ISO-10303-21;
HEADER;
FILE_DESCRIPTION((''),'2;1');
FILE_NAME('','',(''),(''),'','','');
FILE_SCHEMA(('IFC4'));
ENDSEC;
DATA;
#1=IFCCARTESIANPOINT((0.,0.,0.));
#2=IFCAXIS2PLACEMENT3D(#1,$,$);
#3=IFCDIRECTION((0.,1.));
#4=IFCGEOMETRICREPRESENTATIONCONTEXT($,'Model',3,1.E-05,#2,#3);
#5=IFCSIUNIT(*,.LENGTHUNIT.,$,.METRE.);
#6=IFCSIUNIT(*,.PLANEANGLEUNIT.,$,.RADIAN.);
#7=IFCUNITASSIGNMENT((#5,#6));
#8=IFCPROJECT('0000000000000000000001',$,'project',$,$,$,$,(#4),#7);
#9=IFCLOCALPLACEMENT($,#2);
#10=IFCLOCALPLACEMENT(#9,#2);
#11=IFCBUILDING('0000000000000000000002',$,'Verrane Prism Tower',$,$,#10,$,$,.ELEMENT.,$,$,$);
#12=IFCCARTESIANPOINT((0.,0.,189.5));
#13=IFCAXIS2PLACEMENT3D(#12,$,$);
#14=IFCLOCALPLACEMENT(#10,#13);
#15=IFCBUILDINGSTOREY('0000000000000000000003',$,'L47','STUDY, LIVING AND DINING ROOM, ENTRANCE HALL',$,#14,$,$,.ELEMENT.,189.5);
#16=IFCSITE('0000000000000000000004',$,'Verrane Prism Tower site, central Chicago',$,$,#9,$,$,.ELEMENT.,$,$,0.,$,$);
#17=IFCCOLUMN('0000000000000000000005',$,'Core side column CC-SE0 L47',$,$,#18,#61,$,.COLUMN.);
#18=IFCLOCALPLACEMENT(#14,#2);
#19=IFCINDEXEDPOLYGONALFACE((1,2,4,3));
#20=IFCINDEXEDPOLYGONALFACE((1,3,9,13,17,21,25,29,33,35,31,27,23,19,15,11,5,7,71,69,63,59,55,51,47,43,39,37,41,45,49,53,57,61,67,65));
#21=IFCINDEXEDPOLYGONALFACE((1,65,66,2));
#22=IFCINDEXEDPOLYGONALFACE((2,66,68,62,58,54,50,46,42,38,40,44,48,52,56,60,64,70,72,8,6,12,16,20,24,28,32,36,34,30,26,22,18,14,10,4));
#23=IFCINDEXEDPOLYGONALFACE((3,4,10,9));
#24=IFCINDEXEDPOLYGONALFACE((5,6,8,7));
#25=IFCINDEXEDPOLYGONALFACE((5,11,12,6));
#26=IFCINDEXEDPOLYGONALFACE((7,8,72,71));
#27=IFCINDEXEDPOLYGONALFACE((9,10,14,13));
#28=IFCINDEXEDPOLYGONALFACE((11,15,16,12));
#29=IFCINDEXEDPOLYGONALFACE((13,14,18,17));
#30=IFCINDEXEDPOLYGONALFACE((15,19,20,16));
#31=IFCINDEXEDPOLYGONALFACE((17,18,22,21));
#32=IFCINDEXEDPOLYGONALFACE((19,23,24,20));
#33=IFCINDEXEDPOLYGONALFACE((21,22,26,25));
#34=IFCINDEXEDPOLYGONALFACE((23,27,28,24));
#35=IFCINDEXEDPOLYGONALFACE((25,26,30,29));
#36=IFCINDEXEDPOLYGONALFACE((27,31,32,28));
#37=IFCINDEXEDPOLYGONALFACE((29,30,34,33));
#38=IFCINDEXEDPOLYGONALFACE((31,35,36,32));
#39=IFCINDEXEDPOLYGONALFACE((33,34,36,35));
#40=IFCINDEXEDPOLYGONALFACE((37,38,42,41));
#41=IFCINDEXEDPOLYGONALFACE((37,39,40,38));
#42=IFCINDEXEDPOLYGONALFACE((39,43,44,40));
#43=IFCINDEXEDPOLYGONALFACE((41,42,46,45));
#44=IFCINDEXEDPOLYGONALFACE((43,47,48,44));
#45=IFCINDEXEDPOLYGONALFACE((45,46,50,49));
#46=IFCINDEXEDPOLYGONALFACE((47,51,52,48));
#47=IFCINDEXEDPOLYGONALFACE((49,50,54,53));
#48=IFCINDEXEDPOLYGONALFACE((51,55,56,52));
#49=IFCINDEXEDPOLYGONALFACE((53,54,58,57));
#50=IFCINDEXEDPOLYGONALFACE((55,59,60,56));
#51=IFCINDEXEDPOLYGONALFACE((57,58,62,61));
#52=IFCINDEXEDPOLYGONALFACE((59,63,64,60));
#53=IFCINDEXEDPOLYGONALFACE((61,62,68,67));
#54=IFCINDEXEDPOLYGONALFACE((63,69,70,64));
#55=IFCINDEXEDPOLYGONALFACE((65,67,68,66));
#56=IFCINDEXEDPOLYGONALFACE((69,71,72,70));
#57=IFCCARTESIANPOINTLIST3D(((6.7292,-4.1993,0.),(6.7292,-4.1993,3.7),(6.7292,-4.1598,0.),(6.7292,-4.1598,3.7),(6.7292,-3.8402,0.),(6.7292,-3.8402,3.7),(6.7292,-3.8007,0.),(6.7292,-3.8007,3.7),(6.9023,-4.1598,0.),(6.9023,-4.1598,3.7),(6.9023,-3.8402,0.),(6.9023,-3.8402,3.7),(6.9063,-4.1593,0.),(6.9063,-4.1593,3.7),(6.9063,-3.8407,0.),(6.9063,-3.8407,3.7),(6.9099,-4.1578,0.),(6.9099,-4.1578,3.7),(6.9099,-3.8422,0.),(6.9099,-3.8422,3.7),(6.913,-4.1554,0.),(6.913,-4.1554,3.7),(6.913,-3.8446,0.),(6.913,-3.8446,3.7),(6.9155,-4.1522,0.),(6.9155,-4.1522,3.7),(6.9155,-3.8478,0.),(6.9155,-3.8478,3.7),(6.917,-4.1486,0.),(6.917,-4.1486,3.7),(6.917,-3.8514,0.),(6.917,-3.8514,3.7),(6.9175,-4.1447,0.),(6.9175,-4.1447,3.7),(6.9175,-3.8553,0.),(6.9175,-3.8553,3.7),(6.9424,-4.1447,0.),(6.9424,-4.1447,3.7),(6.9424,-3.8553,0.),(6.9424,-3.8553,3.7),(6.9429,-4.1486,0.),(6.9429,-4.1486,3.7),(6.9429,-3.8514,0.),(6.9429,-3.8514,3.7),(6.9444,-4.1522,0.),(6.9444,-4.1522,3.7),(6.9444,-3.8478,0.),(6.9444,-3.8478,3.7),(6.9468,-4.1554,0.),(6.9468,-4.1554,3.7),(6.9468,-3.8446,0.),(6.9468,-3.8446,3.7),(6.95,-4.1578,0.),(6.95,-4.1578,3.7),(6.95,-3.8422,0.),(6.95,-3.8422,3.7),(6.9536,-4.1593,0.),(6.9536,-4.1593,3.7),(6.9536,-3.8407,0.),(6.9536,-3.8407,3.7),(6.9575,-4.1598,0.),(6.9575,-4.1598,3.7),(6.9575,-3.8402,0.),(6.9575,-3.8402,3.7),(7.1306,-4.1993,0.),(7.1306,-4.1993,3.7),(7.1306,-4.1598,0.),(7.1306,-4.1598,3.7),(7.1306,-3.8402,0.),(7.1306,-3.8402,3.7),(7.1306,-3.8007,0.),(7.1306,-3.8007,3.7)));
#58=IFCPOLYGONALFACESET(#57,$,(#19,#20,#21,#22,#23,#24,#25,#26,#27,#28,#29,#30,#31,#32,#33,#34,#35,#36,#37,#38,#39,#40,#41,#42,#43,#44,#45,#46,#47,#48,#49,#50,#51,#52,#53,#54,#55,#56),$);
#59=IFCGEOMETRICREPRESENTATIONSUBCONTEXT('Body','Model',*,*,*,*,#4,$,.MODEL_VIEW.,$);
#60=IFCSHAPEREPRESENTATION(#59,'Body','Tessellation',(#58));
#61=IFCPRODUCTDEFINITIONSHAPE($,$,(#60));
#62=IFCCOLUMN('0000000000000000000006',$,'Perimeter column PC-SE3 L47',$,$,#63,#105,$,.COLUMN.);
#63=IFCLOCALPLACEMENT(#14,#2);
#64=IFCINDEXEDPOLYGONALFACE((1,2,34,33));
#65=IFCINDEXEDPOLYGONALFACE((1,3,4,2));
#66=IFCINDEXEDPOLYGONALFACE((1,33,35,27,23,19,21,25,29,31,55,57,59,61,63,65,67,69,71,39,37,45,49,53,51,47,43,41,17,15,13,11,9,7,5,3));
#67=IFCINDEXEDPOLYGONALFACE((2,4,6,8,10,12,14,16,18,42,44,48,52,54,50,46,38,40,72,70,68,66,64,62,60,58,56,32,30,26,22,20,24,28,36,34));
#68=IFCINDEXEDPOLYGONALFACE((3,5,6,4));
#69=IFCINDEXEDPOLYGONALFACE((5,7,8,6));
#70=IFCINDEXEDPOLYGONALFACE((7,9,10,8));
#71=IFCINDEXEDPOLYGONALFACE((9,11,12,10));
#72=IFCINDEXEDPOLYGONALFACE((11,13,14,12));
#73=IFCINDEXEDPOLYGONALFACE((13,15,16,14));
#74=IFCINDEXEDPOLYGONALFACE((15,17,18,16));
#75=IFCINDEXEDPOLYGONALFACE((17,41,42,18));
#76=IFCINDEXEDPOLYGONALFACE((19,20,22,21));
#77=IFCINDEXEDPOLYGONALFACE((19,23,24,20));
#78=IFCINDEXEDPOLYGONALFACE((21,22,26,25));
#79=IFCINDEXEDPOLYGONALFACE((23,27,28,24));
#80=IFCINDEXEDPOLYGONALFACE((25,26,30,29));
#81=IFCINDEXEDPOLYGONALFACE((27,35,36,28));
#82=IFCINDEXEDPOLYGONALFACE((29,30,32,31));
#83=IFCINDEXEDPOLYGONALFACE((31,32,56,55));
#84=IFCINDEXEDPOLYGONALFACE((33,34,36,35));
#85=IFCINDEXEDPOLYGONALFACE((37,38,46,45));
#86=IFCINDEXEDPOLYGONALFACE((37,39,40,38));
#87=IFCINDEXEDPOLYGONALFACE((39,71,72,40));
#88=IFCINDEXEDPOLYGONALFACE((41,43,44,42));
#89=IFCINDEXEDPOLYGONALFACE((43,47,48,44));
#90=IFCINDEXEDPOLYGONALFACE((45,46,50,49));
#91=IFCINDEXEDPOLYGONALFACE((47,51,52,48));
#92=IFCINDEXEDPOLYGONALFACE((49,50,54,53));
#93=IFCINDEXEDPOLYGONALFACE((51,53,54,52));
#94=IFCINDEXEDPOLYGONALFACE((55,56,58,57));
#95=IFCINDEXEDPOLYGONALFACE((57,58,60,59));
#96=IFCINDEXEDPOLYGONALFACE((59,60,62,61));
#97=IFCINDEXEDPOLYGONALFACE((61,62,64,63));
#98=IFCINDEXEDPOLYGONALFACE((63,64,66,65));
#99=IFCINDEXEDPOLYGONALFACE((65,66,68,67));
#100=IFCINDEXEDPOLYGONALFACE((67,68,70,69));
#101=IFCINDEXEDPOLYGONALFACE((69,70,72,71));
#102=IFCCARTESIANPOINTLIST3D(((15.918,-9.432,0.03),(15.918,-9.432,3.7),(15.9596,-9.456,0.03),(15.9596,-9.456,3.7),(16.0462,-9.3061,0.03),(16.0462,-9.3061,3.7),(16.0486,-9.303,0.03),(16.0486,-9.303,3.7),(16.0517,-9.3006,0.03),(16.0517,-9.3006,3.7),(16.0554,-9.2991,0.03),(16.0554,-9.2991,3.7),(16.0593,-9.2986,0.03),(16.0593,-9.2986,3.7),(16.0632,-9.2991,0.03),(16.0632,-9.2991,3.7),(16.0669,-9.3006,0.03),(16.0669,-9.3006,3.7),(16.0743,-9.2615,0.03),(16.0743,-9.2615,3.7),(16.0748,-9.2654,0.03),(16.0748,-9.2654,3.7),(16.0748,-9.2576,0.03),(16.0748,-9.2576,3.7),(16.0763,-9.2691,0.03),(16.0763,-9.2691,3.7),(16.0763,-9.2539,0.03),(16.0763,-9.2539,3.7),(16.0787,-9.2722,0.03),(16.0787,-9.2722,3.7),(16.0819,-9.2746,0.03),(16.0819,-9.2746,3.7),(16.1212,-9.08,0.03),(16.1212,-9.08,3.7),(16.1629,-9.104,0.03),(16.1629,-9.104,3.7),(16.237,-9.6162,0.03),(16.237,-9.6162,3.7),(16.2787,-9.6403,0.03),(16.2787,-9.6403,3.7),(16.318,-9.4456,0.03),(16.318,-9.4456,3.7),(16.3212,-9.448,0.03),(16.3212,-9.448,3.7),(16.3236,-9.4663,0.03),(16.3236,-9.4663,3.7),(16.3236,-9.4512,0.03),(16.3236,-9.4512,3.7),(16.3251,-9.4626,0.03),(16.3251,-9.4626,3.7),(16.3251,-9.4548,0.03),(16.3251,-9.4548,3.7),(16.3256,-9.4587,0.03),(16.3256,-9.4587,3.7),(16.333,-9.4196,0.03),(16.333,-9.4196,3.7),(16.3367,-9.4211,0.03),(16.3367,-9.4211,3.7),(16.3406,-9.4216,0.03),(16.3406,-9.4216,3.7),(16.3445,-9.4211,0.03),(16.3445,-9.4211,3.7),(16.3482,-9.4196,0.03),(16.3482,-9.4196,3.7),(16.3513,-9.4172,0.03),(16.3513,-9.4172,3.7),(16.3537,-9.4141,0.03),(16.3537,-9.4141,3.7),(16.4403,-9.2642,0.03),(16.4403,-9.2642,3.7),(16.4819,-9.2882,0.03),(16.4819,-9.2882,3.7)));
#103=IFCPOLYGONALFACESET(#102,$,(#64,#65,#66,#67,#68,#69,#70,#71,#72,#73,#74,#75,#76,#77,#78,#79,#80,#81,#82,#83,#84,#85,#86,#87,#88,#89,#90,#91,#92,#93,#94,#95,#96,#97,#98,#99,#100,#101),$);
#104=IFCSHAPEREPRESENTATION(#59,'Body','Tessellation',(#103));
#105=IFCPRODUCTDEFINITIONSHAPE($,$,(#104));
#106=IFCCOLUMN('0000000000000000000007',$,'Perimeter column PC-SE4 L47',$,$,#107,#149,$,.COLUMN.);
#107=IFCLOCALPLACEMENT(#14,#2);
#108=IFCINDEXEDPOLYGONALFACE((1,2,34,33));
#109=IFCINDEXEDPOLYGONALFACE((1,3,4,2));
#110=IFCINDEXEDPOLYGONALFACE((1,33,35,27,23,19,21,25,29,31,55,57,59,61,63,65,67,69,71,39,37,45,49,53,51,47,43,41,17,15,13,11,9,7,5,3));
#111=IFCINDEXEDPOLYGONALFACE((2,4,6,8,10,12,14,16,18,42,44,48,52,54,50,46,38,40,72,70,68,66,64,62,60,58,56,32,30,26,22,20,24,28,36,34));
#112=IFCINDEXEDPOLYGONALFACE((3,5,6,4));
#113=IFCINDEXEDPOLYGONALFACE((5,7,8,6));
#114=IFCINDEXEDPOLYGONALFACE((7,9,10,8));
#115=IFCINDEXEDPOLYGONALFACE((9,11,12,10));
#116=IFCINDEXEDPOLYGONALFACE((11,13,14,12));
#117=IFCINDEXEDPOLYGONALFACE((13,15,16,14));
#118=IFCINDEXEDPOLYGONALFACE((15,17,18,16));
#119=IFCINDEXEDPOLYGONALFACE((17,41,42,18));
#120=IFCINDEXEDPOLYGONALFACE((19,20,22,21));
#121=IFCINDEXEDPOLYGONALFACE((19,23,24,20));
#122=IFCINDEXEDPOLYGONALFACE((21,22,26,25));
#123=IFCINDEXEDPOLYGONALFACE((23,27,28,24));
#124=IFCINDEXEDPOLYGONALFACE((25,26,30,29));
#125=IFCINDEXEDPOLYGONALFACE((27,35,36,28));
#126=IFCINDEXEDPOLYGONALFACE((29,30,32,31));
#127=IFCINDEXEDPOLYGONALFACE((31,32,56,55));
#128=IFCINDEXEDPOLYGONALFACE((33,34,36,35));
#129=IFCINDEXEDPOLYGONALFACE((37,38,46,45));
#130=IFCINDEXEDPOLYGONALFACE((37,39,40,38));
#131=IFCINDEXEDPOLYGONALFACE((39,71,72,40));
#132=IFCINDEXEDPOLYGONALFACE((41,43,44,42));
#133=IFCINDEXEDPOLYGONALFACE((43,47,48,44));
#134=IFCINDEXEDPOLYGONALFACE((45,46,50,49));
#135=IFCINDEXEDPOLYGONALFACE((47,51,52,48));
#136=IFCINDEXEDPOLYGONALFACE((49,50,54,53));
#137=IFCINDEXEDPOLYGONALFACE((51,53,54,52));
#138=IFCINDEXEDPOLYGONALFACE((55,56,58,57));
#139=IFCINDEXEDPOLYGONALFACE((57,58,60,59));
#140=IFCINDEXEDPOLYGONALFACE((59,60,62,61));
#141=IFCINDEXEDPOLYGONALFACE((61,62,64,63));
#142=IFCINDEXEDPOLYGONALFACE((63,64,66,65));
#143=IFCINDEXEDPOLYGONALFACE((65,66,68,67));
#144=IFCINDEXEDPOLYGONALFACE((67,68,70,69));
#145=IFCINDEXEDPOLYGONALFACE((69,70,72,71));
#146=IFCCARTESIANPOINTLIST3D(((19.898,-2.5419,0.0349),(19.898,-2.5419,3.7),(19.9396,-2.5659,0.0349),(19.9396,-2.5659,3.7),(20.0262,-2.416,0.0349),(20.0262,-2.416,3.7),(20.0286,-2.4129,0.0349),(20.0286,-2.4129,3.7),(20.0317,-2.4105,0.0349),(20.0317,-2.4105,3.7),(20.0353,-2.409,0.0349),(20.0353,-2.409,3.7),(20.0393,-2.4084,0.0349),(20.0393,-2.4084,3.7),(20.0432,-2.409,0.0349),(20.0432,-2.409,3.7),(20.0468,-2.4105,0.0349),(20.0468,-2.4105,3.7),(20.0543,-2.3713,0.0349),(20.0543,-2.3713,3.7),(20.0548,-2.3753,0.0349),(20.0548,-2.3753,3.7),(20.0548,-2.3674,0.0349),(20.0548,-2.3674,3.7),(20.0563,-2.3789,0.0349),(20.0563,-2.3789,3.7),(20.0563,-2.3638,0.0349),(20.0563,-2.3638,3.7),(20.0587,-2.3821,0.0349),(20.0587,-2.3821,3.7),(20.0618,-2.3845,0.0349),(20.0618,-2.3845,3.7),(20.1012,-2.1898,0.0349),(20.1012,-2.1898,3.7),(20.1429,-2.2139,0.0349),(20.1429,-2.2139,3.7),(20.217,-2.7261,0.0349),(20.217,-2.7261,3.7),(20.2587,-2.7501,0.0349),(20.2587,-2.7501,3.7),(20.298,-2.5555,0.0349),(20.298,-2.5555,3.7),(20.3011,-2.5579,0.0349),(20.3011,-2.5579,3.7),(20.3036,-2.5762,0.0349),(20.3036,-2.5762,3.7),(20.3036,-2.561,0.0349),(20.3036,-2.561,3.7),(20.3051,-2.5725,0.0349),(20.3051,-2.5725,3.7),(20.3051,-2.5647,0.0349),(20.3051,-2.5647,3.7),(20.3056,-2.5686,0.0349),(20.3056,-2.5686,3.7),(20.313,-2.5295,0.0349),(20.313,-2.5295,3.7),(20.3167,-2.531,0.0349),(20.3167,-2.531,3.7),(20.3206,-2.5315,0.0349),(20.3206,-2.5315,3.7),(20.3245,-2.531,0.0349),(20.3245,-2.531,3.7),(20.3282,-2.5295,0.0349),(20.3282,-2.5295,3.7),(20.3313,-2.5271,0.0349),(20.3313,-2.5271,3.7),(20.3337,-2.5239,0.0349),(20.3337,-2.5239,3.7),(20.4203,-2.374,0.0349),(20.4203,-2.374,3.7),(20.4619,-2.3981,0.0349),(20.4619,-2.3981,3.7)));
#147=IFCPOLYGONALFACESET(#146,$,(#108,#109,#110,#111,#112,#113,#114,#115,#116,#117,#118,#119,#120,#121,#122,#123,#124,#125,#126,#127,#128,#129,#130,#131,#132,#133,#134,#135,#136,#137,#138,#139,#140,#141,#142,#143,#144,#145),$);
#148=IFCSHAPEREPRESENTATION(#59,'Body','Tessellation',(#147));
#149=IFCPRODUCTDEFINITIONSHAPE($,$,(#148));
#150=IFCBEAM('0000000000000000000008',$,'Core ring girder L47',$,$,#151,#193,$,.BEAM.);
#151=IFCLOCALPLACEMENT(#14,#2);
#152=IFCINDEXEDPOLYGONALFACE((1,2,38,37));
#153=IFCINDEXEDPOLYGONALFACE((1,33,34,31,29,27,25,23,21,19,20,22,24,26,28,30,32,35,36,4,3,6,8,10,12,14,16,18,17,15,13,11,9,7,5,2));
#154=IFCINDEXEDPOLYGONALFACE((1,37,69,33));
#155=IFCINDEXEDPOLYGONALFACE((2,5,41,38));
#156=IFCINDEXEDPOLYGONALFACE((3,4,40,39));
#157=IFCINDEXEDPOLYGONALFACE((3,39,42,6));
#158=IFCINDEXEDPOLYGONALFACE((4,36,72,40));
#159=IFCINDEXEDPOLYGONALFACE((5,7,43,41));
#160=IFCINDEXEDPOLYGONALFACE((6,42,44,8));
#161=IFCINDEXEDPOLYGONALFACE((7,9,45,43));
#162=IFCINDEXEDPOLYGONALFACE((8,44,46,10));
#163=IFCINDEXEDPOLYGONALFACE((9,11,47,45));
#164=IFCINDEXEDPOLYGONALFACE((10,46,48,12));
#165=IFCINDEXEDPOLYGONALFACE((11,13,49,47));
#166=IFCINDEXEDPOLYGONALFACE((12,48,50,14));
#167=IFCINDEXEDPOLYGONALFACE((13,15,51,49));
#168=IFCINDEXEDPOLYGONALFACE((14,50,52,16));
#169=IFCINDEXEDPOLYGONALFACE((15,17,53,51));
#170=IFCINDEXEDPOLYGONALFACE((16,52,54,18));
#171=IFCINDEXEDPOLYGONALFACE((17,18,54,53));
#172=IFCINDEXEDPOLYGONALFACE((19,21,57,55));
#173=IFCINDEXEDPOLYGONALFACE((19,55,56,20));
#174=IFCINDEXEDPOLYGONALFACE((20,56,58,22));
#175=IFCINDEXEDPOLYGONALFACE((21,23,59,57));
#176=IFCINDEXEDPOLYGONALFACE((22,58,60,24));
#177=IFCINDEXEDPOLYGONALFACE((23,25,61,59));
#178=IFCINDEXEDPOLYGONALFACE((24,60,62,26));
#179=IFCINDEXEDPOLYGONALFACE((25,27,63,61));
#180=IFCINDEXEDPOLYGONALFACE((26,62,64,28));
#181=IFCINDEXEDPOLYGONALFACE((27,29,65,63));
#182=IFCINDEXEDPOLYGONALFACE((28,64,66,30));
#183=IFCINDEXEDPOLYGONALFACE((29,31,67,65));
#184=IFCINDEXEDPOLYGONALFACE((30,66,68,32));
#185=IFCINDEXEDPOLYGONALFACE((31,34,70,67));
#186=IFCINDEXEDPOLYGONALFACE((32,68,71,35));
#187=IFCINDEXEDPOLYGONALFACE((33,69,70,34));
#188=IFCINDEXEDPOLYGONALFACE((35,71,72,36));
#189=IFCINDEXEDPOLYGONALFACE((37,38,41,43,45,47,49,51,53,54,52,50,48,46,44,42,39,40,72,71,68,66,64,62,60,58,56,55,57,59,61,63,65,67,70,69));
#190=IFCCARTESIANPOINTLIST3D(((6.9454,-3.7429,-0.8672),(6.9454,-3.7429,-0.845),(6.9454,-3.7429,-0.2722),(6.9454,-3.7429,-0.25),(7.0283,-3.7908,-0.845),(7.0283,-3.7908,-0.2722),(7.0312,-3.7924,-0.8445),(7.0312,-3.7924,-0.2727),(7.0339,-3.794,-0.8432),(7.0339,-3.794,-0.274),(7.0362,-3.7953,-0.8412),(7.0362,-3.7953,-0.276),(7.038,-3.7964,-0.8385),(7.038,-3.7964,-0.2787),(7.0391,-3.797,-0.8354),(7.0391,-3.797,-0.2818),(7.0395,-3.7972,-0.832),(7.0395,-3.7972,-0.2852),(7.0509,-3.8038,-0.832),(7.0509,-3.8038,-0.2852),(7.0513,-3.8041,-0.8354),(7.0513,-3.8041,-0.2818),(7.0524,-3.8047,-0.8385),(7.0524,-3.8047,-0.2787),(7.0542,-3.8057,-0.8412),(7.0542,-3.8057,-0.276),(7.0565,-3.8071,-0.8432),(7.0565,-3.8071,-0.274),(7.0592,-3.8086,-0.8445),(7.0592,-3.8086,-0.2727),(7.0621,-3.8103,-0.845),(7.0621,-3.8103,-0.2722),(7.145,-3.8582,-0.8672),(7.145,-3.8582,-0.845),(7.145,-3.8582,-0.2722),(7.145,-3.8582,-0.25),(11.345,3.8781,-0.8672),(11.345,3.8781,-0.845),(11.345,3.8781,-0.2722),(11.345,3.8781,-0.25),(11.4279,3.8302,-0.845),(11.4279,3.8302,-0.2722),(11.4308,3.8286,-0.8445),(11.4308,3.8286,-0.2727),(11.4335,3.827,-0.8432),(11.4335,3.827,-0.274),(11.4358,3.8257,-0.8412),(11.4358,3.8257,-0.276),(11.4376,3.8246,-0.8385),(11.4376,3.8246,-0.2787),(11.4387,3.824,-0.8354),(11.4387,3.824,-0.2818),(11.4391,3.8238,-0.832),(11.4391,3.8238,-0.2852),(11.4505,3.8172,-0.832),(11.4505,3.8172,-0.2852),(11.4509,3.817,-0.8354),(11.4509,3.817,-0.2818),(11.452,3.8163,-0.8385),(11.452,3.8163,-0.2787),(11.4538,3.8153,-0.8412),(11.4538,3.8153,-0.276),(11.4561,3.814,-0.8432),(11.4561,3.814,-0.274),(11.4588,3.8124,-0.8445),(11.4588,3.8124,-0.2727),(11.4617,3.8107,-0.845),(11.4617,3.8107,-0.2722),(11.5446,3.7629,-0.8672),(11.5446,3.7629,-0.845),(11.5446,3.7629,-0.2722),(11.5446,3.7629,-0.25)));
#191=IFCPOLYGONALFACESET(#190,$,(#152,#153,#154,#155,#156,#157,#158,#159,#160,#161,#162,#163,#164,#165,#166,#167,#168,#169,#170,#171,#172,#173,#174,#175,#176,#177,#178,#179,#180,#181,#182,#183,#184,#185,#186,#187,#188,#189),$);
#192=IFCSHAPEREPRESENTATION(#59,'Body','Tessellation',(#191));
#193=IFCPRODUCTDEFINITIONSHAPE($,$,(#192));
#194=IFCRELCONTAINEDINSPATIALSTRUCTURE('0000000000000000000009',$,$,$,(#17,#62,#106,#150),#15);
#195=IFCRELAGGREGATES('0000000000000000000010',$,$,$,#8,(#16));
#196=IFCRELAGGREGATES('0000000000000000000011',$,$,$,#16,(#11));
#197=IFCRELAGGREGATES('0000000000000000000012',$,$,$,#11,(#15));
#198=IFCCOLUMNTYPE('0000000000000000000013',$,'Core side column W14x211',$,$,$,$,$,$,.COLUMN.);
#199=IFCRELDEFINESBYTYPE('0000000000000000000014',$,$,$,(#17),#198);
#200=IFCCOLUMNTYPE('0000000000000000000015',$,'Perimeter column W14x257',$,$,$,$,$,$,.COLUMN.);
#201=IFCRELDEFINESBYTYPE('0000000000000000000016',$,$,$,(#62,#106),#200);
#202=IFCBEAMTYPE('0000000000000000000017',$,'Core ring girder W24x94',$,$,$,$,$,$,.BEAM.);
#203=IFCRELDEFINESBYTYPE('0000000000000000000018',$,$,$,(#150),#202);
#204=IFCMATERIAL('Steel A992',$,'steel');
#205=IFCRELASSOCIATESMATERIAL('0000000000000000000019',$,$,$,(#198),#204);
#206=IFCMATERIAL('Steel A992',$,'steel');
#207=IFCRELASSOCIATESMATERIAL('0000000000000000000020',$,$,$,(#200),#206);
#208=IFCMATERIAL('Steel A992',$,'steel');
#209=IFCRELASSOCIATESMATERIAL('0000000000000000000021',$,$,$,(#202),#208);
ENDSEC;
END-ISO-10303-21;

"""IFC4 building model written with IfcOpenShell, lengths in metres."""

from ifc_helpers import new_model, si_unit, direction, frame, origin, origin_2d, place, context, subcontext, project, spatial, i_section, extrude, material, material_profile, profile_set, type_object, element, save


model = new_model("IFC4")

# Units and contexts
model_context = context("Model", 3, precision=1e-05, world=origin(), true_north=direction((0.0, 1.0)))
body_context = subcontext(model_context, "Body", "Model", "MODEL_VIEW")
ifc_project = project(units=[si_unit("LENGTHUNIT", "METRE"), si_unit("PLANEANGLEUNIT", "RADIAN")], contexts=[model_context])

# Site, building, storey
site_placement = place(None, origin())
site = spatial("IfcSite", under=ifc_project, at=site_placement, Name="Verrane Prism Tower site, central Chicago", CompositionType="ELEMENT", RefElevation=0.0)
building_placement = place(site_placement, origin())
building = spatial("IfcBuilding", under=site, at=building_placement, Name="Verrane Prism Tower", CompositionType="ELEMENT")
storey_placement = place(building_placement, frame((0.0, 0.0, 189.5)))
storey = spatial("IfcBuildingStorey", under=building, at=storey_placement, Name="L47", Description="STUDY, LIVING AND DINING ROOM, ENTRANCE HALL", CompositionType="ELEMENT", Elevation=189.5)

# Columns
ifc_material_1 = material(Name="Steel A992", Category="steel")
ifc_material_profile_1 = material_profile(ifc_material_1, i_section(OverallWidth=0.4014, OverallDepth=0.3987, WebThickness=0.0249, FlangeThickness=0.0396, FilletRadius=0.0151, at=origin_2d()), Name="W14x211")
ifc_profile_set_1 = profile_set([ifc_material_profile_1], Name="Steel A992")
column_type_1 = type_object("IfcColumnType", Name="Core side column W14x211", PredefinedType="COLUMN", material=ifc_profile_set_1)
column_1_placement = place(storey_placement, frame((6.9299, -4.0, 0.0), z_axis=(0.0, 0.0, 1.0), x_axis=(1.0, 0.0, 0.0)))
element("IfcColumn", 1, at=column_1_placement, inside=storey, type_object=column_type_1, Name="Core side column CC-SE0 L47", PredefinedType="COLUMN", context=body_context, shape_type="SweptSolid", body=[
    extrude(i_section(OverallWidth=0.4014, OverallDepth=0.3987, WebThickness=0.0249, FlangeThickness=0.0396, FilletRadius=0.0151, at=origin_2d()), origin(), (0.0, 0.0, 1.0), 3.7),
])
ifc_material_2 = material(Name="Steel A992", Category="steel")
ifc_material_profile_2 = material_profile(ifc_material_2, i_section(OverallWidth=0.4065, OverallDepth=0.4165, WebThickness=0.03, FlangeThickness=0.0481, FilletRadius=0.0151, at=origin_2d()), Name="W14x257")
ifc_profile_set_2 = profile_set([ifc_material_profile_2], Name="Steel A992")
column_type_2 = type_object("IfcColumnType", Name="Perimeter column W14x257", PredefinedType="COLUMN", material=ifc_profile_set_2)
column_2_placement = place(storey_placement, frame((16.2, -9.3601, 0.03), z_axis=(0.0, 0.0, 1.0), x_axis=(-0.5, -0.866025, 0.0)))
element("IfcColumn", 2, at=column_2_placement, inside=storey, type_object=column_type_2, Name="Perimeter column PC-SE3 L47", PredefinedType="COLUMN", context=body_context, shape_type="SweptSolid", body=[
    extrude(i_section(OverallWidth=0.4065, OverallDepth=0.4165, WebThickness=0.03, FlangeThickness=0.0481, FilletRadius=0.0151, at=origin_2d()), origin(), (0.0, 0.0, 1.0), 3.6699),
])
column_3_placement = place(storey_placement, frame((20.1799, -2.47, 0.0349), z_axis=(0.0, 0.0, 1.0), x_axis=(-0.5, -0.866025, 0.0)))
element("IfcColumn", 3, at=column_3_placement, inside=storey, type_object=column_type_2, Name="Perimeter column PC-SE4 L47", PredefinedType="COLUMN", context=body_context, shape_type="SweptSolid", body=[
    extrude(i_section(OverallWidth=0.4065, OverallDepth=0.4165, WebThickness=0.03, FlangeThickness=0.0481, FilletRadius=0.0151, at=origin_2d()), origin(), (0.0, 0.0, 1.0), 3.665),
])

# Beam
ifc_material_3 = material(Name="Steel A992", Category="steel")
ifc_material_profile_3 = material_profile(ifc_material_3, i_section(OverallWidth=0.2305, OverallDepth=0.6172, WebThickness=0.0132, FlangeThickness=0.0222, FilletRadius=0.0129, at=origin_2d()), Name="W24x94")
ifc_profile_set_3 = profile_set([ifc_material_profile_3], Name="Steel A992")
beam_type_1 = type_object("IfcBeamType", Name="Core ring girder W24x94", PredefinedType="BEAM", material=ifc_profile_set_3)
beam_1_placement = place(storey_placement, frame((7.0452, -3.8005, -0.5586), z_axis=(0.499967, 0.866044, 0.0), x_axis=(-0.866044, 0.499967, 0.0)))
element("IfcBeam", 4, at=beam_1_placement, inside=storey, type_object=beam_type_1, Name="Core ring girder L47", PredefinedType="BEAM", context=body_context, shape_type="SweptSolid", body=[
    extrude(i_section(OverallWidth=0.2305, OverallDepth=0.6172, WebThickness=0.0132, FlangeThickness=0.0222, FilletRadius=0.0129, at=origin_2d()), origin(), (0.0, 0.0, 1.0), 8.7998),
])

save(model, "model.ifc")
